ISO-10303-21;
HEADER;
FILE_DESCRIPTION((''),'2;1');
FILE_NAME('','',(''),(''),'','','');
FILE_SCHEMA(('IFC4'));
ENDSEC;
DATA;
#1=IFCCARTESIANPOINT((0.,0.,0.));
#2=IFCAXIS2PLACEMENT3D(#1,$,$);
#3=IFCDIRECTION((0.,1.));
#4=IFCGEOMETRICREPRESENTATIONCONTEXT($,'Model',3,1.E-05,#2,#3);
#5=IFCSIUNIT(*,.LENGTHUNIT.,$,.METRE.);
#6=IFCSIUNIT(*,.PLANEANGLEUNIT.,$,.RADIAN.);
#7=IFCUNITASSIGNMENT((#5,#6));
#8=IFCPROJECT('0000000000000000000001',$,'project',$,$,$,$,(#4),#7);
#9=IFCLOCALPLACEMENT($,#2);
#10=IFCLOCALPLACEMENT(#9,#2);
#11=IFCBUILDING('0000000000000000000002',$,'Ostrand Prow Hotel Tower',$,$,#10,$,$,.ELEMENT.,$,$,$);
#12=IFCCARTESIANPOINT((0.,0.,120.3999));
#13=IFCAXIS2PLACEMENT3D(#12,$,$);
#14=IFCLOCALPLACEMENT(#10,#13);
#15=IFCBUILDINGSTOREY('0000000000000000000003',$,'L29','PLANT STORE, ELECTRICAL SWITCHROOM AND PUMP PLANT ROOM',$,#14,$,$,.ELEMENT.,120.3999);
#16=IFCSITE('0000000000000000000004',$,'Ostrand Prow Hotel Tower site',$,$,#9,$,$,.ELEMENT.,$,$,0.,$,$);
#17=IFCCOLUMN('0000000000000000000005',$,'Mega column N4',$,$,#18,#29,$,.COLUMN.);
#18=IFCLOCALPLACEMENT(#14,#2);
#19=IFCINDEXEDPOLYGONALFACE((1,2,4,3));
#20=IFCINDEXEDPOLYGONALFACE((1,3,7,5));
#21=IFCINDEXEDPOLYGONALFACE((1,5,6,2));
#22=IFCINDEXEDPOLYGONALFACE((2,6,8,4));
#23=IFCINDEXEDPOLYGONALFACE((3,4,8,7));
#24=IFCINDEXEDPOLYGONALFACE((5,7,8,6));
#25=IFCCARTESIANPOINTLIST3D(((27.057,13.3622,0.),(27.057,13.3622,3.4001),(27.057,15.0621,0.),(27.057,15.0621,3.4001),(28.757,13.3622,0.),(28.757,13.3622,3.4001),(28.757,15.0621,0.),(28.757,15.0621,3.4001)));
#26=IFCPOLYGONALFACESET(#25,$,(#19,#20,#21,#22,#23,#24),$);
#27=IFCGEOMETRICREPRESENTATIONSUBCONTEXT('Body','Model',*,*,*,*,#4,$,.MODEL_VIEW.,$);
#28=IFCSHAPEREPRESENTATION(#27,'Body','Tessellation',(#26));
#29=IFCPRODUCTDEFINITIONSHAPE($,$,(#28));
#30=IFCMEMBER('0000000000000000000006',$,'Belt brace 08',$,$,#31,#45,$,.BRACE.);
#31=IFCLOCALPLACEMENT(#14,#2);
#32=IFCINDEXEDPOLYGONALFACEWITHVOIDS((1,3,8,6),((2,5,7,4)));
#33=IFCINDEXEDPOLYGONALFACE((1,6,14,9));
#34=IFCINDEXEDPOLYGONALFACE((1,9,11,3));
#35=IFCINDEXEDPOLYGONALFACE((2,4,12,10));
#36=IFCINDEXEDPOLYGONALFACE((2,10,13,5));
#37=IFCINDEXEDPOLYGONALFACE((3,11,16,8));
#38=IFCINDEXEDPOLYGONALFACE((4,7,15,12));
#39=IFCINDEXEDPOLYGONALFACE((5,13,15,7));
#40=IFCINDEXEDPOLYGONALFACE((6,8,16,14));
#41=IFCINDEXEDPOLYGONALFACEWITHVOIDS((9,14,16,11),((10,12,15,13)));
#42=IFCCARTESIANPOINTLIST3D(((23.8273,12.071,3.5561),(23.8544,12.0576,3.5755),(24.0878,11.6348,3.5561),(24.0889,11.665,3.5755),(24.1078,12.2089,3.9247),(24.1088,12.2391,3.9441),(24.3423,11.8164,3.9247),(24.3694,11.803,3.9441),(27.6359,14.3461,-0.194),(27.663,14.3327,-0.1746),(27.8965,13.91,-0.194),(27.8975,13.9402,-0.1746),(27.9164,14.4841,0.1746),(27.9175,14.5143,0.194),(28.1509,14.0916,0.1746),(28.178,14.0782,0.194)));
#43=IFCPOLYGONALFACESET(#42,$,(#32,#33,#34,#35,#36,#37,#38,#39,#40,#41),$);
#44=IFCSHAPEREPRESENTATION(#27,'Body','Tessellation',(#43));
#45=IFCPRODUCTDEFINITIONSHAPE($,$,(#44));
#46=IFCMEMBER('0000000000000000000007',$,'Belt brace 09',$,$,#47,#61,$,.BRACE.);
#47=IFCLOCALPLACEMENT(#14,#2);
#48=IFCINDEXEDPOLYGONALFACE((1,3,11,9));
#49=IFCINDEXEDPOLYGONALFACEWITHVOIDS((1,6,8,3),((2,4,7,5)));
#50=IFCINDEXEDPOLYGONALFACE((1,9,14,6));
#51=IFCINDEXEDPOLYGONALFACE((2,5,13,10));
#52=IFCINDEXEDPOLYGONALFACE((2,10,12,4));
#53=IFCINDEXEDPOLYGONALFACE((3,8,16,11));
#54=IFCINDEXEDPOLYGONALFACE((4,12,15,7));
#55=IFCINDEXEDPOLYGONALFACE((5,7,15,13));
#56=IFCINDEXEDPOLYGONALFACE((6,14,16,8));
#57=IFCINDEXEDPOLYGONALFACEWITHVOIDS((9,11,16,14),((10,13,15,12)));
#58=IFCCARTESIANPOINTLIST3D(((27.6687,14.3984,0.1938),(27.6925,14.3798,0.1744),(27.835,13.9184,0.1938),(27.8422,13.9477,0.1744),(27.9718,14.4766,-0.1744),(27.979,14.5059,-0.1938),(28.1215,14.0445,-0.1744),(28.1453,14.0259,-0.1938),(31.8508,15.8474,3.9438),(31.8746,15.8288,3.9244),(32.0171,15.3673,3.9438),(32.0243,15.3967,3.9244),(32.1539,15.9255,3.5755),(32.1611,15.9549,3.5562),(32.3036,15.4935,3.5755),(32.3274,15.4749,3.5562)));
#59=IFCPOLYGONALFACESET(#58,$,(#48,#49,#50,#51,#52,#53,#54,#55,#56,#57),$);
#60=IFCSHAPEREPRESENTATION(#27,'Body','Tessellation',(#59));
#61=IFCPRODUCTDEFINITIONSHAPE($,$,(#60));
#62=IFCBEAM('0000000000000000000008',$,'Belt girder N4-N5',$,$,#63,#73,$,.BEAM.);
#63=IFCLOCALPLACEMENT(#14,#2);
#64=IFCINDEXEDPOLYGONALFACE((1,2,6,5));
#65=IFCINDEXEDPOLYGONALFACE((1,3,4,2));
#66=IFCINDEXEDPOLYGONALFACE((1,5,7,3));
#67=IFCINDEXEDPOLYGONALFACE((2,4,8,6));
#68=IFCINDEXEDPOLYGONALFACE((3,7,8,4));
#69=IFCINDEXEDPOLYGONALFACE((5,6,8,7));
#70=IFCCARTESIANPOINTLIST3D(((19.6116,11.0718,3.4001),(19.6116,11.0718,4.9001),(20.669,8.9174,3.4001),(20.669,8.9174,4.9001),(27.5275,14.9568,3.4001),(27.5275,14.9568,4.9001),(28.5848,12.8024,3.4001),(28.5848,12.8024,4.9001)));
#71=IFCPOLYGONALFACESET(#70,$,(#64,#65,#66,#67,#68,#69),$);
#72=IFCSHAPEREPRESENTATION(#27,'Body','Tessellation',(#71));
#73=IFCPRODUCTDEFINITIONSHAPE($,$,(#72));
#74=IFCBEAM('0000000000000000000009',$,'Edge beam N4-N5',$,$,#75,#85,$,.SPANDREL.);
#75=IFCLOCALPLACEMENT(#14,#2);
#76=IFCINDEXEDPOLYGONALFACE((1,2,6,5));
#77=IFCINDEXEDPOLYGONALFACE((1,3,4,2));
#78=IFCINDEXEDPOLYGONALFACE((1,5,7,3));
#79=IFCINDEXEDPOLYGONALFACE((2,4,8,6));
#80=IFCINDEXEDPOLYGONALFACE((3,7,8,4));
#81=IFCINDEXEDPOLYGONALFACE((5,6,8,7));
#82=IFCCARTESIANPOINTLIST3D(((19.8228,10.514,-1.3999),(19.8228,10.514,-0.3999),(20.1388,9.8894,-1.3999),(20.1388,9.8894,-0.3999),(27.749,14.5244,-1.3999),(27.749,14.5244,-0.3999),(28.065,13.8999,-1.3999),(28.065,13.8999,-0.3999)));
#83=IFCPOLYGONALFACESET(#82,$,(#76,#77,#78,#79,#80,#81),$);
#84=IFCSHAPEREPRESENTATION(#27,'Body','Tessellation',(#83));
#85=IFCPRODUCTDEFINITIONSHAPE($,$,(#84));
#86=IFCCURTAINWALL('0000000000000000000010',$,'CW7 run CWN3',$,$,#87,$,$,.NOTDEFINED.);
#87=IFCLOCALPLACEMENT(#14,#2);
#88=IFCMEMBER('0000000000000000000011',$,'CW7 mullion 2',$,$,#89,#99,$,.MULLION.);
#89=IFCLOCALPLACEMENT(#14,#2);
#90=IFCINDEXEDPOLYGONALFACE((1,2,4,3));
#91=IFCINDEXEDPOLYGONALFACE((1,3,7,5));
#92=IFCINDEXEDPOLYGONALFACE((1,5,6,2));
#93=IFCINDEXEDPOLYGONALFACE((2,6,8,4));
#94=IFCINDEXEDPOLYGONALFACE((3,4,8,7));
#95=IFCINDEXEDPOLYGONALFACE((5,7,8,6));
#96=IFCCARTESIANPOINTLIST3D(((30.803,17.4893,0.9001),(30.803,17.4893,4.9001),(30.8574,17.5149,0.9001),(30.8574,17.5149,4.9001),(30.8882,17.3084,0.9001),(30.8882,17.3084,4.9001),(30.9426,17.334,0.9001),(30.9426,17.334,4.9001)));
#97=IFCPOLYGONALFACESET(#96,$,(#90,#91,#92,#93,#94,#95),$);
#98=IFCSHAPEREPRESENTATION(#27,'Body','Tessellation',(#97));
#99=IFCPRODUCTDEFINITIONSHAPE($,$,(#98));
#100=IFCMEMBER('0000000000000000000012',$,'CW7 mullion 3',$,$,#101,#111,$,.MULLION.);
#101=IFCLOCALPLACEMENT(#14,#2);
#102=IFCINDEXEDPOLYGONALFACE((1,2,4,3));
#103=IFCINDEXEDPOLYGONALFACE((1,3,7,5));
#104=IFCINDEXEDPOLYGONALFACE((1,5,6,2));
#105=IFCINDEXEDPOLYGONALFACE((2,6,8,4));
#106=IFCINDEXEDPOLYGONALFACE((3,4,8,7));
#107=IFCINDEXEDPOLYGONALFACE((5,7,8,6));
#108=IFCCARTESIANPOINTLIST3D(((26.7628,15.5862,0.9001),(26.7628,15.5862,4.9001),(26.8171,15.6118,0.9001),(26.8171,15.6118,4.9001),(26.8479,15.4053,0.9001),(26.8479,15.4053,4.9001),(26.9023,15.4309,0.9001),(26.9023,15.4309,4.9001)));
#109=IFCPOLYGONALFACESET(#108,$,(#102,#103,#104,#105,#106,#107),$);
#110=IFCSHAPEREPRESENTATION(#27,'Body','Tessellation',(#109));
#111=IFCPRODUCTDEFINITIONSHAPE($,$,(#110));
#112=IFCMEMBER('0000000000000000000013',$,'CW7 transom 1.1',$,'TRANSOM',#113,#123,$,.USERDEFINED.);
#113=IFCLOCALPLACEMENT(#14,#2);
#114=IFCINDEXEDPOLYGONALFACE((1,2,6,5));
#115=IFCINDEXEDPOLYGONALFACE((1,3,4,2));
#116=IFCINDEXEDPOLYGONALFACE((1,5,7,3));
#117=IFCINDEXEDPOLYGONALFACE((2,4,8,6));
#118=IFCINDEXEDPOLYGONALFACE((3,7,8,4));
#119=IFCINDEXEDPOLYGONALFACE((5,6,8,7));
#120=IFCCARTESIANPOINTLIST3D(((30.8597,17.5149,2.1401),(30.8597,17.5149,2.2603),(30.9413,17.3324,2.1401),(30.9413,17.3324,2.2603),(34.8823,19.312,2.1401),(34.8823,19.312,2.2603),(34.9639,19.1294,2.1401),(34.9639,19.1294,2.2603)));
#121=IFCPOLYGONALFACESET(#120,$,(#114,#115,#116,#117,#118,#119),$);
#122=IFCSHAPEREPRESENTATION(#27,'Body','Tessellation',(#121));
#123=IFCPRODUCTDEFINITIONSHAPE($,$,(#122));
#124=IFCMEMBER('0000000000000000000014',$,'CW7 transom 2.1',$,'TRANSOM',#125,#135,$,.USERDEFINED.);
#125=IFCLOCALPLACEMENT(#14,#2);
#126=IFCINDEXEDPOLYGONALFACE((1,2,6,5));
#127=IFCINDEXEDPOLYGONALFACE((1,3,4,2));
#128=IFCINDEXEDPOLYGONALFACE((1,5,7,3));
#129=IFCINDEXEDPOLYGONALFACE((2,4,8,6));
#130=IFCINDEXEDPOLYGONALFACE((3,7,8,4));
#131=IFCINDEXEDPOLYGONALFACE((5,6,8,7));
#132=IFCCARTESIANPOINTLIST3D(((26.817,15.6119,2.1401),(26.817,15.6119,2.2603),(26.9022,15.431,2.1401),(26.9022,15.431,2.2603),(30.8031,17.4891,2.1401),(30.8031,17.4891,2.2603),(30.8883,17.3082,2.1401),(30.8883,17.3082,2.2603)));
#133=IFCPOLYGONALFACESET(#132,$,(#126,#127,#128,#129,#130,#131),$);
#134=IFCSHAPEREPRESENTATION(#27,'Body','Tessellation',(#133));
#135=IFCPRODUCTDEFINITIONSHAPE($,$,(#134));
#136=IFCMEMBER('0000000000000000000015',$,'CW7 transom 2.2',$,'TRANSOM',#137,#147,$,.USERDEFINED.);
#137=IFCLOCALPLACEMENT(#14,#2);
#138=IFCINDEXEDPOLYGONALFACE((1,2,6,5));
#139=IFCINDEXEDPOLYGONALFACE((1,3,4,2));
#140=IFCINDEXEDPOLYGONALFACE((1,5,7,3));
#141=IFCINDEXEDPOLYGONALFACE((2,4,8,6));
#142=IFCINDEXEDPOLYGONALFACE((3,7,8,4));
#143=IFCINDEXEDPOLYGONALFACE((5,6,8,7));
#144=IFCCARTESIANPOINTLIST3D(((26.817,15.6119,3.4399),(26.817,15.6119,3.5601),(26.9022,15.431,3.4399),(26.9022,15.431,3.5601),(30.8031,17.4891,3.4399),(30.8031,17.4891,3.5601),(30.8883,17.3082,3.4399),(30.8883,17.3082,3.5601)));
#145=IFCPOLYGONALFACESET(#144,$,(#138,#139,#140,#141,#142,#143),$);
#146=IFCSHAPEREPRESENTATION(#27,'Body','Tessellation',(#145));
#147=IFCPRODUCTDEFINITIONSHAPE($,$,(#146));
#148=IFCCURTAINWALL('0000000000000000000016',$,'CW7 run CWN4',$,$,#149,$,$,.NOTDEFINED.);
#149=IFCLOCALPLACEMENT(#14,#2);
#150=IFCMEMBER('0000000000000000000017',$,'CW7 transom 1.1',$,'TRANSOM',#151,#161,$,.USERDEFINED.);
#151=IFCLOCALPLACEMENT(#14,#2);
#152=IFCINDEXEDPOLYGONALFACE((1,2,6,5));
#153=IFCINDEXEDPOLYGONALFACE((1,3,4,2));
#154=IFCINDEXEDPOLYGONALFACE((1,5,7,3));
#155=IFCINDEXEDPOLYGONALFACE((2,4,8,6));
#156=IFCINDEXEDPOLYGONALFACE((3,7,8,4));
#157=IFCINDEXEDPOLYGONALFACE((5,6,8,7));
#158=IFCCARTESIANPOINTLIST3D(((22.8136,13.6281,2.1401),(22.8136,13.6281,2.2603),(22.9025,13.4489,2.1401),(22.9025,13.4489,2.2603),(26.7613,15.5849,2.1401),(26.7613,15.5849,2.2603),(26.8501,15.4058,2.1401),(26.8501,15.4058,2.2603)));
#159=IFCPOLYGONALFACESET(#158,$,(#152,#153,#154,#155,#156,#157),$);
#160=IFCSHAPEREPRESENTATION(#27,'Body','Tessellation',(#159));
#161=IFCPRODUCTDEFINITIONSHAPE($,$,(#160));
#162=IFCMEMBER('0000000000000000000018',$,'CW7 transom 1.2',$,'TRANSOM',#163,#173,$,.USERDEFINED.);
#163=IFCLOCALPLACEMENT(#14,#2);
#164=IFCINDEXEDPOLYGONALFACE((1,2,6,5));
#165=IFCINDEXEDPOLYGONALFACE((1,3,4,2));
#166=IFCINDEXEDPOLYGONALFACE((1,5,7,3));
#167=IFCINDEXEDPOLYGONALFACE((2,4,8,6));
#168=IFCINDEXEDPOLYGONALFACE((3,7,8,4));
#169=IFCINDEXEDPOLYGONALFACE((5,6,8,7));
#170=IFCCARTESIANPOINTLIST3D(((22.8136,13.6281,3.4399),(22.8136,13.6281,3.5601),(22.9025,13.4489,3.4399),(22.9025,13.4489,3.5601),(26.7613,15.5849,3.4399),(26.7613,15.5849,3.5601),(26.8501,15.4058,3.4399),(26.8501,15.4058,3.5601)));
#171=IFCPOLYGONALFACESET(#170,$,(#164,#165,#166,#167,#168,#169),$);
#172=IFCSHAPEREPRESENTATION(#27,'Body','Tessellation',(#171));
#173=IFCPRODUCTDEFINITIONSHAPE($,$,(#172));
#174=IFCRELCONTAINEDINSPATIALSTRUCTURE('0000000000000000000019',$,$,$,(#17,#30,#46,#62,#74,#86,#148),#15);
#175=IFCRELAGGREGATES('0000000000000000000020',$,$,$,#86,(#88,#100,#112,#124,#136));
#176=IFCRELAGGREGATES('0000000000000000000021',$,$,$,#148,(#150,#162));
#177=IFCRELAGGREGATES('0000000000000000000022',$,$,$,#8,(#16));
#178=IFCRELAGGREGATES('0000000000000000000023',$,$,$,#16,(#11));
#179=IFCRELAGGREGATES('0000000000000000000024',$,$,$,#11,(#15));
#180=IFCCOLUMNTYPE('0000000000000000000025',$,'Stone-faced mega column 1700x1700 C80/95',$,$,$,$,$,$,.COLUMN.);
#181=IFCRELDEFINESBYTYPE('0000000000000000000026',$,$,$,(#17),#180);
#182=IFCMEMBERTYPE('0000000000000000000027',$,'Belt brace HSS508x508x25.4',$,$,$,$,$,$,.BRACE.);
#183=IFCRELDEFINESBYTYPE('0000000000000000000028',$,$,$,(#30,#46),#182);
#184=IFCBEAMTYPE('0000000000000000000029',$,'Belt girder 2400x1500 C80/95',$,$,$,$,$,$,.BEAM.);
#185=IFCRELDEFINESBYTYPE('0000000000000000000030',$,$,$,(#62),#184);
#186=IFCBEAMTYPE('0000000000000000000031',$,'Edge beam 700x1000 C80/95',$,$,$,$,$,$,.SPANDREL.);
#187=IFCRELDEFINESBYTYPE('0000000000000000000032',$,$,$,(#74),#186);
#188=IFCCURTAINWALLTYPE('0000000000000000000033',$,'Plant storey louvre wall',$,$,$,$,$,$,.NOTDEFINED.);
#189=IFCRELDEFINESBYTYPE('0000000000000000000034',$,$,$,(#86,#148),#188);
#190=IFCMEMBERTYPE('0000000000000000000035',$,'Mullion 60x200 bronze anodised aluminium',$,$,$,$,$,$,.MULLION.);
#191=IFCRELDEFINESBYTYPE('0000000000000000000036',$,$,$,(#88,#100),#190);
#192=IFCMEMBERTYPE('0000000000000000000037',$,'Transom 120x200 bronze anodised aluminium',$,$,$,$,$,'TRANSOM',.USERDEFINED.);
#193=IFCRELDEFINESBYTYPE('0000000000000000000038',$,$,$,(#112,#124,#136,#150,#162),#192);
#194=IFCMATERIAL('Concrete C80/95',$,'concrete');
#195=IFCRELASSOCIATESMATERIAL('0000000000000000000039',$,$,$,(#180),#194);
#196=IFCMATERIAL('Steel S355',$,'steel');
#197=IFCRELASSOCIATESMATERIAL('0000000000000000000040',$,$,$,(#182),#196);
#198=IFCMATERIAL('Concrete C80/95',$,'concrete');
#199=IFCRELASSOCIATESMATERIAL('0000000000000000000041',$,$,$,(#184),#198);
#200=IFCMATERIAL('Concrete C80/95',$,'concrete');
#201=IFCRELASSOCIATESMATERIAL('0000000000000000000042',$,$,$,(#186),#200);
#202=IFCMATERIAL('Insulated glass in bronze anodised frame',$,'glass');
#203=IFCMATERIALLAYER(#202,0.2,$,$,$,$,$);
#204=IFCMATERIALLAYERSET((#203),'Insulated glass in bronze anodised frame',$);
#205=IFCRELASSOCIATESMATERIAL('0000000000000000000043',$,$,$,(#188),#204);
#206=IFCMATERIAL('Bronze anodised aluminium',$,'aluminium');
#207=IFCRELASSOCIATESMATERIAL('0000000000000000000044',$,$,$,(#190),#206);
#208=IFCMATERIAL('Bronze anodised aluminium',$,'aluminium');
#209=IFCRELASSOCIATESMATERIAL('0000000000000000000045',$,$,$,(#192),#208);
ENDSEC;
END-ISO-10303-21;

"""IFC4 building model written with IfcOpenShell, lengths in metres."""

from ifc_helpers import new_model, si_unit, direction, frame, origin, origin_2d, place, context, subcontext, project, spatial, rectangle, hollow_rectangle, extrude, material, layer, layer_set, material_profile, profile_set, type_object, element, aggregate, save


model = new_model("IFC4")

# Units and contexts
model_context = context("Model", 3, precision=1e-05, world=origin(), true_north=direction((0.0, 1.0)))
body_context = subcontext(model_context, "Body", "Model", "MODEL_VIEW")
ifc_project = project(units=[si_unit("LENGTHUNIT", "METRE"), si_unit("PLANEANGLEUNIT", "RADIAN")], contexts=[model_context])

# Site, building, storey
site_placement = place(None, origin())
site = spatial("IfcSite", under=ifc_project, at=site_placement, Name="Ostrand Prow Hotel Tower site", CompositionType="ELEMENT", RefElevation=0.0)
building_placement = place(site_placement, origin())
building = spatial("IfcBuilding", under=site, at=building_placement, Name="Ostrand Prow Hotel Tower", CompositionType="ELEMENT")
storey_placement = place(building_placement, frame((0.0, 0.0, 120.3999)))
storey = spatial("IfcBuildingStorey", under=building, at=storey_placement, Name="L29", Description="PLANT STORE, ELECTRICAL SWITCHROOM AND PUMP PLANT ROOM", CompositionType="ELEMENT", Elevation=120.3999)

# Column
ifc_material_1 = material(Name="Concrete C80/95", Category="concrete")
ifc_material_profile_1 = material_profile(ifc_material_1, rectangle(XDim=1.7, YDim=1.7, at=origin_2d()), Name="RC 1700x1700")
ifc_profile_set_1 = profile_set([ifc_material_profile_1], Name="Concrete C80/95")
column_type = type_object("IfcColumnType", Name="Stone-faced mega column 1700x1700 C80/95", PredefinedType="COLUMN", material=ifc_profile_set_1)
column_placement = place(storey_placement, frame((27.907, 14.2122, 0.0), z_axis=(0.0, 0.0, 1.0), x_axis=(1.0, 0.0, 0.0)))
element("IfcColumn", 1, at=column_placement, inside=storey, type_object=column_type, Name="Mega column N4", PredefinedType="COLUMN", context=body_context, shape_type="SweptSolid", body=[
    extrude(rectangle(XDim=1.7, YDim=1.7, at=origin_2d()), origin(), (0.0, 0.0, 1.0), 3.4001),
])

# Members
ifc_material_2 = material(Name="Steel S355", Category="steel")
ifc_material_profile_2 = material_profile(ifc_material_2, hollow_rectangle(XDim=0.5081, YDim=0.5081, WallThickness=0.0254, at=origin_2d()), Name="HSS508x508x25.4")
ifc_profile_set_2 = profile_set([ifc_material_profile_2], Name="Steel S355")
member_type_1 = type_object("IfcMemberType", Name="Belt brace HSS508x508x25.4", PredefinedType="BRACE", material=ifc_profile_set_2)
member_1_placement = place(storey_placement, frame((27.907, 14.2122, 0.0), z_axis=(-0.65564, -0.391661, 0.645553), x_axis=(0.512836, -0.858487, 0.0)))
element("IfcMember", 2, at=member_1_placement, inside=storey, type_object=member_type_1, Name="Belt brace 08", PredefinedType="BRACE", context=body_context, shape_type="SweptSolid", body=[
    extrude(hollow_rectangle(XDim=0.5081, YDim=0.5081, WallThickness=0.0254, at=origin_2d()), origin(), (0.0, 0.0, 1.0), 5.8091),
])
member_2_placement = place(storey_placement, frame((27.907, 14.2122, 0.0), z_axis=(0.720926, 0.249778, 0.646434), x_axis=(-0.327376, 0.944894, 0.0)))
element("IfcMember", 3, at=member_2_placement, inside=storey, type_object=member_type_1, Name="Belt brace 09", PredefinedType="BRACE", context=body_context, shape_type="SweptSolid", body=[
    extrude(hollow_rectangle(XDim=0.5081, YDim=0.5081, WallThickness=0.0254, at=origin_2d()), origin(), (0.0, 0.0, 1.0), 5.801),
])

# Beams
ifc_material_3 = material(Name="Concrete C80/95", Category="concrete")
ifc_material_profile_3 = material_profile(ifc_material_3, rectangle(XDim=2.3999, YDim=1.5, at=origin_2d()), Name="RC 2400x1500")
ifc_profile_set_3 = profile_set([ifc_material_profile_3], Name="Concrete C80/95")
beam_type_1 = type_object("IfcBeamType", Name="Belt girder 2400x1500 C80/95", PredefinedType="BEAM", material=ifc_profile_set_3)
beam_1_placement = place(storey_placement, frame((28.0562, 13.8796, 4.1501), z_axis=(-0.897709, -0.44059, 0.0), x_axis=(0.44059, -0.897709, 0.0)))
element("IfcBeam", 4, at=beam_1_placement, inside=storey, type_object=beam_type_1, Name="Belt girder N4-N5", PredefinedType="BEAM", context=body_context, shape_type="SweptSolid", body=[
    extrude(rectangle(XDim=2.3999, YDim=1.5, at=origin_2d()), origin(), (0.0, 0.0, 1.0), 8.8179),
])
ifc_material_4 = material(Name="Concrete C80/95", Category="concrete")
ifc_material_profile_4 = material_profile(ifc_material_4, rectangle(XDim=0.7, YDim=1.0, at=origin_2d()), Name="RC 700x1000")
ifc_profile_set_4 = profile_set([ifc_material_profile_4], Name="Concrete C80/95")
beam_type_2 = type_object("IfcBeamType", Name="Edge beam 700x1000 C80/95", PredefinedType="SPANDREL", material=ifc_profile_set_4)
beam_2_placement = place(storey_placement, frame((27.907, 14.2122, -0.8999), z_axis=(-0.892284, -0.451474, 0.0), x_axis=(0.451474, -0.892284, 0.0)))
element("IfcBeam", 5, at=beam_2_placement, inside=storey, type_object=beam_type_2, Name="Edge beam N4-N5", PredefinedType="SPANDREL", context=body_context, shape_type="SweptSolid", body=[
    extrude(rectangle(XDim=0.7, YDim=1.0, at=origin_2d()), origin(), (0.0, 0.0, 1.0), 8.8831),
])

# Curtain walls, members
ifc_material_5 = material(Name="Insulated glass in bronze anodised frame", Category="glass")
ifc_layer_1 = layer(ifc_material_5, 0.2)
ifc_layer_set_1 = layer_set([ifc_layer_1], Name="Insulated glass in bronze anodised frame")
curtain_wall_type = type_object("IfcCurtainWallType", Name="Plant storey louvre wall", PredefinedType="NOTDEFINED", material=ifc_layer_set_1)
curtain_wall_1_placement = place(storey_placement, origin())
curtain_wall_1 = element("IfcCurtainWall", 6, at=curtain_wall_1_placement, inside=storey, type_object=curtain_wall_type, Name="CW7 run CWN3", PredefinedType="NOTDEFINED")
ifc_material_6 = material(Name="Bronze anodised aluminium", Category="aluminium")
ifc_material_profile_5 = material_profile(ifc_material_6, rectangle(XDim=0.2, YDim=0.0601, at=origin_2d()), Name="Mullion 60x200 bronze anodised aluminium")
ifc_profile_set_5 = profile_set([ifc_material_profile_5], Name="Bronze anodised aluminium")
member_type_2 = type_object("IfcMemberType", Name="Mullion 60x200 bronze anodised aluminium", PredefinedType="MULLION", material=ifc_profile_set_5)
member_3_placement = place(storey_placement, frame((30.8728, 17.4116, 0.9001), z_axis=(0.0, 0.0, 1.0), x_axis=(0.426079, -0.904686, 0.0)))
member_3 = element("IfcMember", 7, at=member_3_placement, type_object=member_type_2, Name="CW7 mullion 2", PredefinedType="MULLION", context=body_context, shape_type="SweptSolid", body=[
    extrude(rectangle(XDim=0.2, YDim=0.0601, at=origin_2d()), origin(), (0.0, 0.0, 1.0), 4.0),
])
member_4_placement = place(storey_placement, frame((26.8325, 15.5085, 0.9001), z_axis=(0.0, 0.0, 1.0), x_axis=(0.426079, -0.904686, 0.0)))
member_4 = element("IfcMember", 8, at=member_4_placement, type_object=member_type_2, Name="CW7 mullion 3", PredefinedType="MULLION", context=body_context, shape_type="SweptSolid", body=[
    extrude(rectangle(XDim=0.2, YDim=0.0601, at=origin_2d()), origin(), (0.0, 0.0, 1.0), 4.0),
])
ifc_material_7 = material(Name="Bronze anodised aluminium", Category="aluminium")
ifc_material_profile_6 = material_profile(ifc_material_7, rectangle(XDim=0.2, YDim=0.1201, at=origin_2d()), Name="Transom 120x200 bronze anodised aluminium")
ifc_profile_set_6 = profile_set([ifc_material_profile_6], Name="Bronze anodised aluminium")
member_type_3 = type_object("IfcMemberType", Name="Transom 120x200 bronze anodised aluminium", ElementType="TRANSOM", PredefinedType="USERDEFINED", material=ifc_profile_set_6)
member_5_placement = place(storey_placement, frame((34.9231, 19.2207, 2.2002), z_axis=(-0.913031, -0.407891, 0.0), x_axis=(0.407891, -0.913031, 0.0)))
member_5 = element("IfcMember", 9, at=member_5_placement, type_object=member_type_3, Name="CW7 transom 1.1", ObjectType="TRANSOM", PredefinedType="USERDEFINED", context=body_context, shape_type="SweptSolid", body=[
    extrude(rectangle(XDim=0.2, YDim=0.1201, at=origin_2d()), origin(), (0.0, 0.0, 1.0), 4.4058),
])
member_6_placement = place(storey_placement, frame((30.8457, 17.3987, 2.2002), z_axis=(-0.904697, -0.426056, 0.0), x_axis=(0.426056, -0.904697, 0.0)))
member_6 = element("IfcMember", 10, at=member_6_placement, type_object=member_type_3, Name="CW7 transom 2.1", ObjectType="TRANSOM", PredefinedType="USERDEFINED", context=body_context, shape_type="SweptSolid", body=[
    extrude(rectangle(XDim=0.2, YDim=0.1201, at=origin_2d()), origin(), (0.0, 0.0, 1.0), 4.406),
])
member_7_placement = place(storey_placement, frame((30.8457, 17.3987, 3.5), z_axis=(-0.904697, -0.426056, 0.0), x_axis=(0.426056, -0.904697, 0.0)))
member_7 = element("IfcMember", 11, at=member_7_placement, type_object=member_type_3, Name="CW7 transom 2.2", ObjectType="TRANSOM", PredefinedType="USERDEFINED", context=body_context, shape_type="SweptSolid", body=[
    extrude(rectangle(XDim=0.2, YDim=0.1201, at=origin_2d()), origin(), (0.0, 0.0, 1.0), 4.406),
])
curtain_wall_2_placement = place(storey_placement, origin())
curtain_wall_2 = element("IfcCurtainWall", 12, at=curtain_wall_2_placement, inside=storey, type_object=curtain_wall_type, Name="CW7 run CWN4", PredefinedType="NOTDEFINED")
member_8_placement = place(storey_placement, frame((26.8057, 15.4954, 2.2002), z_axis=(-0.895962, -0.44413, 0.0), x_axis=(0.44413, -0.895962, 0.0)))
member_8 = element("IfcMember", 13, at=member_8_placement, type_object=member_type_3, Name="CW7 transom 1.1", ObjectType="TRANSOM", PredefinedType="USERDEFINED", context=body_context, shape_type="SweptSolid", body=[
    extrude(rectangle(XDim=0.2, YDim=0.1201, at=origin_2d()), origin(), (0.0, 0.0, 1.0), 4.406),
])
member_9_placement = place(storey_placement, frame((26.8057, 15.4954, 3.5), z_axis=(-0.895962, -0.44413, 0.0), x_axis=(0.44413, -0.895962, 0.0)))
member_9 = element("IfcMember", 14, at=member_9_placement, type_object=member_type_3, Name="CW7 transom 1.2", ObjectType="TRANSOM", PredefinedType="USERDEFINED", context=body_context, shape_type="SweptSolid", body=[
    extrude(rectangle(XDim=0.2, YDim=0.1201, at=origin_2d()), origin(), (0.0, 0.0, 1.0), 4.406),
])

aggregate(curtain_wall_1, [member_3, member_4, member_5, member_6, member_7])
aggregate(curtain_wall_2, [member_8, member_9])

save(model, "model.ifc")
